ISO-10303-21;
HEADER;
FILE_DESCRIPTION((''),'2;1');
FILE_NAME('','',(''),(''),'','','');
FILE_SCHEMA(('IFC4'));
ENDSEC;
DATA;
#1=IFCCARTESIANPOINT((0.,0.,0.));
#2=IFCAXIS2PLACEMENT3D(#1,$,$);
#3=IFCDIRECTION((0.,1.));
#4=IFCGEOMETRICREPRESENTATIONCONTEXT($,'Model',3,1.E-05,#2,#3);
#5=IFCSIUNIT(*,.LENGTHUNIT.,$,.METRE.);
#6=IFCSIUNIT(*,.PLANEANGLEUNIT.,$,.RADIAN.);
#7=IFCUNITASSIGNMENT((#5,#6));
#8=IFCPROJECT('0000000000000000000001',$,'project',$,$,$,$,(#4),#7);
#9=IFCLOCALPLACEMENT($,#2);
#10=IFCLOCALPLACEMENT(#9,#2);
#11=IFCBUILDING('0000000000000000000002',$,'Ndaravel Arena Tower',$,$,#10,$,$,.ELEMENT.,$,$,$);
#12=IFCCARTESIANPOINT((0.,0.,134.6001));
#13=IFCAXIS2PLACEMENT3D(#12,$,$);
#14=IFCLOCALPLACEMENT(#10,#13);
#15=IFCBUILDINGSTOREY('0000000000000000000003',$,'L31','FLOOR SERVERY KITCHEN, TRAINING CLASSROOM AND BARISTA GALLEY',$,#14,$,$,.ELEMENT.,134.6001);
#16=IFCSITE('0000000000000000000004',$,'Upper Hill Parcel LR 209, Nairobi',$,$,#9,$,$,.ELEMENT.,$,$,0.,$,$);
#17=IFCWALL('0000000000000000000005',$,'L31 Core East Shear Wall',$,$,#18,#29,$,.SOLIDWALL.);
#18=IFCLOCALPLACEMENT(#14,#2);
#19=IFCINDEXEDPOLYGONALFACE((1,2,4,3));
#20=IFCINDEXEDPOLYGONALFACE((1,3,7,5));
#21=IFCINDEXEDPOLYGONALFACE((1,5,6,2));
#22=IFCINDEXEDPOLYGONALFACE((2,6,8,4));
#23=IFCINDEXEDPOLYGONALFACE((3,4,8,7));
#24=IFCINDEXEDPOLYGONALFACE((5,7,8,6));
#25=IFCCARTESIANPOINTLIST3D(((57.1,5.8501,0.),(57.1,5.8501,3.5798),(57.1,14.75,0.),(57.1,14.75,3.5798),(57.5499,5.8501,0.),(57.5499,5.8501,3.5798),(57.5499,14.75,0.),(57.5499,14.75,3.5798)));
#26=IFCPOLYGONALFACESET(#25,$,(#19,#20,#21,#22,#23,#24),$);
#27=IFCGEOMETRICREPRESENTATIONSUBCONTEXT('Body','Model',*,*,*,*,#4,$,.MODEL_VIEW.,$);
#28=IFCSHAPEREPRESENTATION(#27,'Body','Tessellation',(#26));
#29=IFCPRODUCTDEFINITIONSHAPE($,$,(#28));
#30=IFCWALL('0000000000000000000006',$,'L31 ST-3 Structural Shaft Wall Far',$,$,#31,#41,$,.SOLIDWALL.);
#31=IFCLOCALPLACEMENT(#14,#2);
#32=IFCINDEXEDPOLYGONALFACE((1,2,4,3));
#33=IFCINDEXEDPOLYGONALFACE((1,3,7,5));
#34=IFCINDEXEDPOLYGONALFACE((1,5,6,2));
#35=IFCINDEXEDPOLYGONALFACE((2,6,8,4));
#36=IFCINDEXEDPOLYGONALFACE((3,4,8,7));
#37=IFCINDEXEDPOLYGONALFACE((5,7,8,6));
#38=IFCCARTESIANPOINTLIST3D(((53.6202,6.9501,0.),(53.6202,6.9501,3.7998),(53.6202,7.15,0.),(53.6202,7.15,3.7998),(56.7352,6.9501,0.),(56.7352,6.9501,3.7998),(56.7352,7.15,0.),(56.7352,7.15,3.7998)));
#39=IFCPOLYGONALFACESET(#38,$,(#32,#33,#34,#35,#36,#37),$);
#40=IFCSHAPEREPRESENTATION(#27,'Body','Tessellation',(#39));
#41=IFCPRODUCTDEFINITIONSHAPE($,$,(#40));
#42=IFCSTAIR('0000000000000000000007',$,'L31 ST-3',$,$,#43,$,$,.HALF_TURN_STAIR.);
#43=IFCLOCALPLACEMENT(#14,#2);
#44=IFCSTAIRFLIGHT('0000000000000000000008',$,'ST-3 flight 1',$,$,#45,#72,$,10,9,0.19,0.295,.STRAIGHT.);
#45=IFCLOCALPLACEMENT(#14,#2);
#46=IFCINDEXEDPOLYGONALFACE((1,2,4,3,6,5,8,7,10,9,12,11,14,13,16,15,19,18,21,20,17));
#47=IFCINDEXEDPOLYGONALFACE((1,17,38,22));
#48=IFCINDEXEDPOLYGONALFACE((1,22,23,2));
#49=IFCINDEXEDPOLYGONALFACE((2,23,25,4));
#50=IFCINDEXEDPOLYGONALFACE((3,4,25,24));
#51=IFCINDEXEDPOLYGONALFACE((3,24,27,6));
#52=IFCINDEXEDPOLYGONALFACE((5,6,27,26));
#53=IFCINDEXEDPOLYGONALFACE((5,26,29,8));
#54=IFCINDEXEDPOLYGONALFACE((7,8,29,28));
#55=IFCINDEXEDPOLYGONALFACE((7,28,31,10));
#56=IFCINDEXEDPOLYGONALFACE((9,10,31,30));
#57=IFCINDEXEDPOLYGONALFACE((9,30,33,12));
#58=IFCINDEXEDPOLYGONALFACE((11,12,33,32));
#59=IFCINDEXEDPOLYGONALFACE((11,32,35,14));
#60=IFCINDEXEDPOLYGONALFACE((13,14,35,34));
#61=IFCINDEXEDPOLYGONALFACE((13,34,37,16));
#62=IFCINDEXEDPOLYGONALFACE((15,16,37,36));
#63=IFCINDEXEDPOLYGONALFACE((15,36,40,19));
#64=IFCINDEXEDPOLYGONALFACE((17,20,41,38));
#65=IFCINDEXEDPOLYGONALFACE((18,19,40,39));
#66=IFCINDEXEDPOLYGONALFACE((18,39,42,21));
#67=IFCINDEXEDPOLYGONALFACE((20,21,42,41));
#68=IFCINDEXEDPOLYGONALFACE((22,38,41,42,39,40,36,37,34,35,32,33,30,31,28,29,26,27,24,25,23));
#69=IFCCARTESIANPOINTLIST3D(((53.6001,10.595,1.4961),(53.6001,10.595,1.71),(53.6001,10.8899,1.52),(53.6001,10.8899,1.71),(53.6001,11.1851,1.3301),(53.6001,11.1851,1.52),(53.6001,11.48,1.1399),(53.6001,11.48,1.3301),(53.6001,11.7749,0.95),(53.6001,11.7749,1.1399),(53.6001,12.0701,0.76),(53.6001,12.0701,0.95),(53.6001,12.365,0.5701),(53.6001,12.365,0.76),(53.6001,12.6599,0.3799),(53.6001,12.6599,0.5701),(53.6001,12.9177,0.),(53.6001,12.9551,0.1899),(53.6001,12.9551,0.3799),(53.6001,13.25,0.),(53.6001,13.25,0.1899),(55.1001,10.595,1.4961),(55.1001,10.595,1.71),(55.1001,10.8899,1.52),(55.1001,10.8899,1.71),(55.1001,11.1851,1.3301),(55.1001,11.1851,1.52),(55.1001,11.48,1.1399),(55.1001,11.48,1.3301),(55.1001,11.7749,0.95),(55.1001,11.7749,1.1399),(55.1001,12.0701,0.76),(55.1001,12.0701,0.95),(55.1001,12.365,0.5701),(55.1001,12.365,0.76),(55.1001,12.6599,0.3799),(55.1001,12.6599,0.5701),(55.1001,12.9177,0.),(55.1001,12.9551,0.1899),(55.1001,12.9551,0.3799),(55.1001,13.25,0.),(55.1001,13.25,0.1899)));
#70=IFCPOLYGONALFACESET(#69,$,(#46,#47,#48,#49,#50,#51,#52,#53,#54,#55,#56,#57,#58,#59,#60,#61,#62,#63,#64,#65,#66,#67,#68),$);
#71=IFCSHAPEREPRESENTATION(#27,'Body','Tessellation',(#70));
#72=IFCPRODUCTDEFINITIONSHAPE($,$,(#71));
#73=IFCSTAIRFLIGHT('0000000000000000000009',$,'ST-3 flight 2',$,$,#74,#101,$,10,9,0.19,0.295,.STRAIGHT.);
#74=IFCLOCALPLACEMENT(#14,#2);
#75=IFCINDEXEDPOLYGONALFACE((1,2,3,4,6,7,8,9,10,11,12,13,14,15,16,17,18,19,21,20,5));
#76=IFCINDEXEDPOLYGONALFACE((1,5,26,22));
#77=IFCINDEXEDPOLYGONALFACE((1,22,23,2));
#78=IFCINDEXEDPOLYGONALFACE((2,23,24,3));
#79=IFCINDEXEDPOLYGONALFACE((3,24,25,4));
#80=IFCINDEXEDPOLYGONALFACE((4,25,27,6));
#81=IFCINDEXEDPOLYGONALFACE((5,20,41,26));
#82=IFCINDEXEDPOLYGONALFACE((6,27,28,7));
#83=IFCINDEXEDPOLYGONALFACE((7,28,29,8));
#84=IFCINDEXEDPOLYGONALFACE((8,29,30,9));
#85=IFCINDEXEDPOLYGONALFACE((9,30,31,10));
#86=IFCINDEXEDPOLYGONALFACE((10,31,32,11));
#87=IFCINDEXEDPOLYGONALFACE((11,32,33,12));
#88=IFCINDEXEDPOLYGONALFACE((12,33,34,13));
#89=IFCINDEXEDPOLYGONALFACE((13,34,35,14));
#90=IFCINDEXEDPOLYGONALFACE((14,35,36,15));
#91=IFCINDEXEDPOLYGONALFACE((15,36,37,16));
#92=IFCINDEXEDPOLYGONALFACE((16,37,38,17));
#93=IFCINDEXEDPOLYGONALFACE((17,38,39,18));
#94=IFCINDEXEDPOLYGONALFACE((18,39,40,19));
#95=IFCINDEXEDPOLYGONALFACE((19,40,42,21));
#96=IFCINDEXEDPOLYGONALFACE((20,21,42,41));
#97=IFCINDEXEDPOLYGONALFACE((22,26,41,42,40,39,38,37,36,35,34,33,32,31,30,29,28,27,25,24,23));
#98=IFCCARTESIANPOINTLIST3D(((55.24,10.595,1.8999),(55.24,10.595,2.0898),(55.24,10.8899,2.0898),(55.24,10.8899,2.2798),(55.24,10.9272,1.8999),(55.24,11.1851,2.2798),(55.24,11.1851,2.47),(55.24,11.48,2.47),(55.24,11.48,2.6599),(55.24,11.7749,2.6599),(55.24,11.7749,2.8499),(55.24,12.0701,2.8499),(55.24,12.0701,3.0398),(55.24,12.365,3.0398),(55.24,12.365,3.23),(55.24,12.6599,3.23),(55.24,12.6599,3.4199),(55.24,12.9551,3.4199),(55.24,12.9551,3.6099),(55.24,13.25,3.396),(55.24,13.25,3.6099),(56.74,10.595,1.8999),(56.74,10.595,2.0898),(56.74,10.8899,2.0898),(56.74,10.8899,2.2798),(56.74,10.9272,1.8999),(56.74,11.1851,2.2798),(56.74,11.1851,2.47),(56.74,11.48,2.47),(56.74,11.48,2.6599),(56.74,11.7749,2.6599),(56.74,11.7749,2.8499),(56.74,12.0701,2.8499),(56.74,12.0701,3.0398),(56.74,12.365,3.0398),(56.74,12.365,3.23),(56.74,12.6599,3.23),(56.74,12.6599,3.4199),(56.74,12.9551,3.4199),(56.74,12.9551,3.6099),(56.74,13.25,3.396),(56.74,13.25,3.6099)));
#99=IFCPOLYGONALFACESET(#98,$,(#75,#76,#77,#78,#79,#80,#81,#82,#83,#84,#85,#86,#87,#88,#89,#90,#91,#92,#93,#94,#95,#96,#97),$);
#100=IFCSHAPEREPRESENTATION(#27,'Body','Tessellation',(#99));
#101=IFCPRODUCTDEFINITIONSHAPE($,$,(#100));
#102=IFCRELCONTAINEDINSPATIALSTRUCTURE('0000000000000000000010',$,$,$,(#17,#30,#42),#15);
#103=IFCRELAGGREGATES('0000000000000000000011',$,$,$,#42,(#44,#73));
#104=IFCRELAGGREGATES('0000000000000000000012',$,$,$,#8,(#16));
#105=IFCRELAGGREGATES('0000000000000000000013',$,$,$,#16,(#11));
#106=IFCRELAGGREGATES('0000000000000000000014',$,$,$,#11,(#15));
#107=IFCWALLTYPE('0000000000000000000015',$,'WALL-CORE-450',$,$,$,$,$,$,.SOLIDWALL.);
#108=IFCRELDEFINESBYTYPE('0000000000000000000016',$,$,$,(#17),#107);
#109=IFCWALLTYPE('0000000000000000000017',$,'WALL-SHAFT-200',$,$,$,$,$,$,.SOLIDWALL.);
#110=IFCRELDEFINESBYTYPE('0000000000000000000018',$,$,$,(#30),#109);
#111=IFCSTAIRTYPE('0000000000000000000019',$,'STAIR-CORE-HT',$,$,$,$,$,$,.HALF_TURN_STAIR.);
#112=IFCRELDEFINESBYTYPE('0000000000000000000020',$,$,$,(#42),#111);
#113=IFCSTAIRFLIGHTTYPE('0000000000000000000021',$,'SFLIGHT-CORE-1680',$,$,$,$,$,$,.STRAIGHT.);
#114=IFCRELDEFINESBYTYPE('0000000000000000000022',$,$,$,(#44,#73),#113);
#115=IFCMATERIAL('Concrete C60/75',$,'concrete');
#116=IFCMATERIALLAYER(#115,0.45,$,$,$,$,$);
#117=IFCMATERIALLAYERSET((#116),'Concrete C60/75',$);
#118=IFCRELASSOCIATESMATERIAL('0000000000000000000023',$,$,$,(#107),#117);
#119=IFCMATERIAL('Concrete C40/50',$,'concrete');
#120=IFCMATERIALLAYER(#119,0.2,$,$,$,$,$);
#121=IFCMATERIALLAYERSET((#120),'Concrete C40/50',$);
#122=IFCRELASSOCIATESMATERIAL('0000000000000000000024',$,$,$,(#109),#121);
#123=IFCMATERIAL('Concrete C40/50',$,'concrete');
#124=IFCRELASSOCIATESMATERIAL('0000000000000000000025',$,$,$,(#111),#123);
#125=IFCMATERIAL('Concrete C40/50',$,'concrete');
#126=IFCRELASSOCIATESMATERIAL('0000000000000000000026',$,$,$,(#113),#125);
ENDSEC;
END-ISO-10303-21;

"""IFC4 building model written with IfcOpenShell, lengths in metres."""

from ifc_helpers import new_model, si_unit, direction, frame, frame_2d, origin, place, context, subcontext, project, spatial, polyline, rectangle, outline, extrude, material, layer, layer_set, type_object, element, aggregate, save


model = new_model("IFC4")

# Units and contexts
model_context = context("Model", 3, precision=1e-05, world=origin(), true_north=direction((0.0, 1.0)))
body_context = subcontext(model_context, "Body", "Model", "MODEL_VIEW")
ifc_project = project(units=[si_unit("LENGTHUNIT", "METRE"), si_unit("PLANEANGLEUNIT", "RADIAN")], contexts=[model_context])

# Site, building, storey
site_placement = place(None, origin())
site = spatial("IfcSite", under=ifc_project, at=site_placement, Name="Upper Hill Parcel LR 209, Nairobi", CompositionType="ELEMENT", RefElevation=0.0)
building_placement = place(site_placement, origin())
building = spatial("IfcBuilding", under=site, at=building_placement, Name="Ndaravel Arena Tower", CompositionType="ELEMENT")
storey_placement = place(building_placement, frame((0.0, 0.0, 134.6001)))
storey = spatial("IfcBuildingStorey", under=building, at=storey_placement, Name="L31", Description="FLOOR SERVERY KITCHEN, TRAINING CLASSROOM AND BARISTA GALLEY", CompositionType="ELEMENT", Elevation=134.6001)

# Walls
ifc_material_1 = material(Name="Concrete C60/75", Category="concrete")
ifc_layer_1 = layer(ifc_material_1, 0.45)
ifc_layer_set_1 = layer_set([ifc_layer_1], Name="Concrete C60/75")
wall_type_1 = type_object("IfcWallType", Name="WALL-CORE-450", PredefinedType="SOLIDWALL", material=ifc_layer_set_1)
wall_1_placement = place(storey_placement, frame((57.325, 5.8501, 0.0), z_axis=(0.0, 0.0, 1.0), x_axis=(0.0, 1.0, 0.0)))
element("IfcWall", 1, at=wall_1_placement, inside=storey, type_object=wall_type_1, Name="L31 Core East Shear Wall", PredefinedType="SOLIDWALL", context=body_context, shape_type="SweptSolid", body=[
    extrude(rectangle(XDim=8.8999, YDim=0.45, at=frame_2d((4.45, 0.0))), origin(), (0.0, 0.0, 1.0), 3.5798),
])
ifc_material_2 = material(Name="Concrete C40/50", Category="concrete")
ifc_layer_2 = layer(ifc_material_2, 0.2)
ifc_layer_set_2 = layer_set([ifc_layer_2], Name="Concrete C40/50")
wall_type_2 = type_object("IfcWallType", Name="WALL-SHAFT-200", PredefinedType="SOLIDWALL", material=ifc_layer_set_2)
wall_2_placement = place(storey_placement, frame((53.6201, 7.05, 0.0), z_axis=(0.0, 0.0, 1.0), x_axis=(1.0, 0.0, 0.0)))
element("IfcWall", 2, at=wall_2_placement, inside=storey, type_object=wall_type_2, Name="L31 ST-3 Structural Shaft Wall Far", PredefinedType="SOLIDWALL", context=body_context, shape_type="SweptSolid", body=[
    extrude(rectangle(XDim=3.115, YDim=0.2, at=frame_2d((1.5576, 0.0))), origin(), (0.0, 0.0, 1.0), 3.7998),
])

# Stair, stair flights
ifc_material_3 = material(Name="Concrete C40/50", Category="concrete")
stair_type = type_object("IfcStairType", Name="STAIR-CORE-HT", PredefinedType="HALF_TURN_STAIR", material=ifc_material_3)
stair_placement = place(storey_placement, origin())
stair = element("IfcStair", 3, at=stair_placement, inside=storey, type_object=stair_type, Name="L31 ST-3", PredefinedType="HALF_TURN_STAIR")
ifc_material_4 = material(Name="Concrete C40/50", Category="concrete")
stair_flight_type = type_object("IfcStairFlightType", Name="SFLIGHT-CORE-1680", PredefinedType="STRAIGHT", material=ifc_material_4)
stair_flight_1_placement = place(storey_placement, frame((54.3501, 13.25, 0.0), z_axis=(0.0, 0.0, 1.0), x_axis=(0.0, -1.0, 0.0)))
stair_flight_1 = element("IfcStairFlight", 4, at=stair_flight_1_placement, type_object=stair_flight_type, Name="ST-3 flight 1", NumberOfRisers=10, NumberOfTreads=9, PredefinedType="STRAIGHT", RiserHeight=0.19, TreadLength=0.295, context=body_context, shape_type="SweptSolid", body=[
    extrude(outline(polyline([(0.0, 0.0), (0.0, 0.1899), (0.2949, 0.1899), (0.2949, 0.3799), (0.5901, 0.3799), (0.5901, 0.5701), (0.885, 0.5701), (0.885, 0.76), (1.1799, 0.76), (1.1799, 0.95), (1.4751, 0.95), (1.4751, 1.1399), (1.77, 1.1399), (1.77, 1.3301), (2.0649, 1.3301), (2.0649, 1.52), (2.3601, 1.52), (2.3601, 1.71), (2.655, 1.71), (2.655, 1.8999), (2.655, 1.4961), (0.3323, 0.0), (0.0, 0.0)])), frame((0.0, 0.75, 0.0), z_axis=(0.0, -1.0, 0.0), x_axis=(1.0, 0.0, 0.0)), (0.0, 0.0, 1.0), 1.5),
])
stair_flight_2_placement = place(storey_placement, frame((55.99, 10.595, 1.8999), z_axis=(0.0, 0.0, 1.0), x_axis=(0.0, 1.0, 0.0)))
stair_flight_2 = element("IfcStairFlight", 5, at=stair_flight_2_placement, type_object=stair_flight_type, Name="ST-3 flight 2", NumberOfRisers=10, NumberOfTreads=9, PredefinedType="STRAIGHT", RiserHeight=0.19, TreadLength=0.295, context=body_context, shape_type="SweptSolid", body=[
    extrude(outline(polyline([(0.0, 0.0), (0.0, 0.1899), (0.2949, 0.1899), (0.2949, 0.3799), (0.5901, 0.3799), (0.5901, 0.5701), (0.885, 0.5701), (0.885, 0.76), (1.1799, 0.76), (1.1799, 0.95), (1.4751, 0.95), (1.4751, 1.1399), (1.77, 1.1399), (1.77, 1.3301), (2.0649, 1.3301), (2.0649, 1.52), (2.3601, 1.52), (2.3601, 1.71), (2.655, 1.71), (2.655, 1.8999), (2.655, 1.4961), (0.3323, 0.0), (0.0, 0.0)])), frame((0.0, 0.75, 0.0), z_axis=(0.0, -1.0, 0.0), x_axis=(1.0, 0.0, 0.0)), (0.0, 0.0, 1.0), 1.5),
])
aggregate(stair, [stair_flight_1, stair_flight_2])

save(model, "model.ifc")
